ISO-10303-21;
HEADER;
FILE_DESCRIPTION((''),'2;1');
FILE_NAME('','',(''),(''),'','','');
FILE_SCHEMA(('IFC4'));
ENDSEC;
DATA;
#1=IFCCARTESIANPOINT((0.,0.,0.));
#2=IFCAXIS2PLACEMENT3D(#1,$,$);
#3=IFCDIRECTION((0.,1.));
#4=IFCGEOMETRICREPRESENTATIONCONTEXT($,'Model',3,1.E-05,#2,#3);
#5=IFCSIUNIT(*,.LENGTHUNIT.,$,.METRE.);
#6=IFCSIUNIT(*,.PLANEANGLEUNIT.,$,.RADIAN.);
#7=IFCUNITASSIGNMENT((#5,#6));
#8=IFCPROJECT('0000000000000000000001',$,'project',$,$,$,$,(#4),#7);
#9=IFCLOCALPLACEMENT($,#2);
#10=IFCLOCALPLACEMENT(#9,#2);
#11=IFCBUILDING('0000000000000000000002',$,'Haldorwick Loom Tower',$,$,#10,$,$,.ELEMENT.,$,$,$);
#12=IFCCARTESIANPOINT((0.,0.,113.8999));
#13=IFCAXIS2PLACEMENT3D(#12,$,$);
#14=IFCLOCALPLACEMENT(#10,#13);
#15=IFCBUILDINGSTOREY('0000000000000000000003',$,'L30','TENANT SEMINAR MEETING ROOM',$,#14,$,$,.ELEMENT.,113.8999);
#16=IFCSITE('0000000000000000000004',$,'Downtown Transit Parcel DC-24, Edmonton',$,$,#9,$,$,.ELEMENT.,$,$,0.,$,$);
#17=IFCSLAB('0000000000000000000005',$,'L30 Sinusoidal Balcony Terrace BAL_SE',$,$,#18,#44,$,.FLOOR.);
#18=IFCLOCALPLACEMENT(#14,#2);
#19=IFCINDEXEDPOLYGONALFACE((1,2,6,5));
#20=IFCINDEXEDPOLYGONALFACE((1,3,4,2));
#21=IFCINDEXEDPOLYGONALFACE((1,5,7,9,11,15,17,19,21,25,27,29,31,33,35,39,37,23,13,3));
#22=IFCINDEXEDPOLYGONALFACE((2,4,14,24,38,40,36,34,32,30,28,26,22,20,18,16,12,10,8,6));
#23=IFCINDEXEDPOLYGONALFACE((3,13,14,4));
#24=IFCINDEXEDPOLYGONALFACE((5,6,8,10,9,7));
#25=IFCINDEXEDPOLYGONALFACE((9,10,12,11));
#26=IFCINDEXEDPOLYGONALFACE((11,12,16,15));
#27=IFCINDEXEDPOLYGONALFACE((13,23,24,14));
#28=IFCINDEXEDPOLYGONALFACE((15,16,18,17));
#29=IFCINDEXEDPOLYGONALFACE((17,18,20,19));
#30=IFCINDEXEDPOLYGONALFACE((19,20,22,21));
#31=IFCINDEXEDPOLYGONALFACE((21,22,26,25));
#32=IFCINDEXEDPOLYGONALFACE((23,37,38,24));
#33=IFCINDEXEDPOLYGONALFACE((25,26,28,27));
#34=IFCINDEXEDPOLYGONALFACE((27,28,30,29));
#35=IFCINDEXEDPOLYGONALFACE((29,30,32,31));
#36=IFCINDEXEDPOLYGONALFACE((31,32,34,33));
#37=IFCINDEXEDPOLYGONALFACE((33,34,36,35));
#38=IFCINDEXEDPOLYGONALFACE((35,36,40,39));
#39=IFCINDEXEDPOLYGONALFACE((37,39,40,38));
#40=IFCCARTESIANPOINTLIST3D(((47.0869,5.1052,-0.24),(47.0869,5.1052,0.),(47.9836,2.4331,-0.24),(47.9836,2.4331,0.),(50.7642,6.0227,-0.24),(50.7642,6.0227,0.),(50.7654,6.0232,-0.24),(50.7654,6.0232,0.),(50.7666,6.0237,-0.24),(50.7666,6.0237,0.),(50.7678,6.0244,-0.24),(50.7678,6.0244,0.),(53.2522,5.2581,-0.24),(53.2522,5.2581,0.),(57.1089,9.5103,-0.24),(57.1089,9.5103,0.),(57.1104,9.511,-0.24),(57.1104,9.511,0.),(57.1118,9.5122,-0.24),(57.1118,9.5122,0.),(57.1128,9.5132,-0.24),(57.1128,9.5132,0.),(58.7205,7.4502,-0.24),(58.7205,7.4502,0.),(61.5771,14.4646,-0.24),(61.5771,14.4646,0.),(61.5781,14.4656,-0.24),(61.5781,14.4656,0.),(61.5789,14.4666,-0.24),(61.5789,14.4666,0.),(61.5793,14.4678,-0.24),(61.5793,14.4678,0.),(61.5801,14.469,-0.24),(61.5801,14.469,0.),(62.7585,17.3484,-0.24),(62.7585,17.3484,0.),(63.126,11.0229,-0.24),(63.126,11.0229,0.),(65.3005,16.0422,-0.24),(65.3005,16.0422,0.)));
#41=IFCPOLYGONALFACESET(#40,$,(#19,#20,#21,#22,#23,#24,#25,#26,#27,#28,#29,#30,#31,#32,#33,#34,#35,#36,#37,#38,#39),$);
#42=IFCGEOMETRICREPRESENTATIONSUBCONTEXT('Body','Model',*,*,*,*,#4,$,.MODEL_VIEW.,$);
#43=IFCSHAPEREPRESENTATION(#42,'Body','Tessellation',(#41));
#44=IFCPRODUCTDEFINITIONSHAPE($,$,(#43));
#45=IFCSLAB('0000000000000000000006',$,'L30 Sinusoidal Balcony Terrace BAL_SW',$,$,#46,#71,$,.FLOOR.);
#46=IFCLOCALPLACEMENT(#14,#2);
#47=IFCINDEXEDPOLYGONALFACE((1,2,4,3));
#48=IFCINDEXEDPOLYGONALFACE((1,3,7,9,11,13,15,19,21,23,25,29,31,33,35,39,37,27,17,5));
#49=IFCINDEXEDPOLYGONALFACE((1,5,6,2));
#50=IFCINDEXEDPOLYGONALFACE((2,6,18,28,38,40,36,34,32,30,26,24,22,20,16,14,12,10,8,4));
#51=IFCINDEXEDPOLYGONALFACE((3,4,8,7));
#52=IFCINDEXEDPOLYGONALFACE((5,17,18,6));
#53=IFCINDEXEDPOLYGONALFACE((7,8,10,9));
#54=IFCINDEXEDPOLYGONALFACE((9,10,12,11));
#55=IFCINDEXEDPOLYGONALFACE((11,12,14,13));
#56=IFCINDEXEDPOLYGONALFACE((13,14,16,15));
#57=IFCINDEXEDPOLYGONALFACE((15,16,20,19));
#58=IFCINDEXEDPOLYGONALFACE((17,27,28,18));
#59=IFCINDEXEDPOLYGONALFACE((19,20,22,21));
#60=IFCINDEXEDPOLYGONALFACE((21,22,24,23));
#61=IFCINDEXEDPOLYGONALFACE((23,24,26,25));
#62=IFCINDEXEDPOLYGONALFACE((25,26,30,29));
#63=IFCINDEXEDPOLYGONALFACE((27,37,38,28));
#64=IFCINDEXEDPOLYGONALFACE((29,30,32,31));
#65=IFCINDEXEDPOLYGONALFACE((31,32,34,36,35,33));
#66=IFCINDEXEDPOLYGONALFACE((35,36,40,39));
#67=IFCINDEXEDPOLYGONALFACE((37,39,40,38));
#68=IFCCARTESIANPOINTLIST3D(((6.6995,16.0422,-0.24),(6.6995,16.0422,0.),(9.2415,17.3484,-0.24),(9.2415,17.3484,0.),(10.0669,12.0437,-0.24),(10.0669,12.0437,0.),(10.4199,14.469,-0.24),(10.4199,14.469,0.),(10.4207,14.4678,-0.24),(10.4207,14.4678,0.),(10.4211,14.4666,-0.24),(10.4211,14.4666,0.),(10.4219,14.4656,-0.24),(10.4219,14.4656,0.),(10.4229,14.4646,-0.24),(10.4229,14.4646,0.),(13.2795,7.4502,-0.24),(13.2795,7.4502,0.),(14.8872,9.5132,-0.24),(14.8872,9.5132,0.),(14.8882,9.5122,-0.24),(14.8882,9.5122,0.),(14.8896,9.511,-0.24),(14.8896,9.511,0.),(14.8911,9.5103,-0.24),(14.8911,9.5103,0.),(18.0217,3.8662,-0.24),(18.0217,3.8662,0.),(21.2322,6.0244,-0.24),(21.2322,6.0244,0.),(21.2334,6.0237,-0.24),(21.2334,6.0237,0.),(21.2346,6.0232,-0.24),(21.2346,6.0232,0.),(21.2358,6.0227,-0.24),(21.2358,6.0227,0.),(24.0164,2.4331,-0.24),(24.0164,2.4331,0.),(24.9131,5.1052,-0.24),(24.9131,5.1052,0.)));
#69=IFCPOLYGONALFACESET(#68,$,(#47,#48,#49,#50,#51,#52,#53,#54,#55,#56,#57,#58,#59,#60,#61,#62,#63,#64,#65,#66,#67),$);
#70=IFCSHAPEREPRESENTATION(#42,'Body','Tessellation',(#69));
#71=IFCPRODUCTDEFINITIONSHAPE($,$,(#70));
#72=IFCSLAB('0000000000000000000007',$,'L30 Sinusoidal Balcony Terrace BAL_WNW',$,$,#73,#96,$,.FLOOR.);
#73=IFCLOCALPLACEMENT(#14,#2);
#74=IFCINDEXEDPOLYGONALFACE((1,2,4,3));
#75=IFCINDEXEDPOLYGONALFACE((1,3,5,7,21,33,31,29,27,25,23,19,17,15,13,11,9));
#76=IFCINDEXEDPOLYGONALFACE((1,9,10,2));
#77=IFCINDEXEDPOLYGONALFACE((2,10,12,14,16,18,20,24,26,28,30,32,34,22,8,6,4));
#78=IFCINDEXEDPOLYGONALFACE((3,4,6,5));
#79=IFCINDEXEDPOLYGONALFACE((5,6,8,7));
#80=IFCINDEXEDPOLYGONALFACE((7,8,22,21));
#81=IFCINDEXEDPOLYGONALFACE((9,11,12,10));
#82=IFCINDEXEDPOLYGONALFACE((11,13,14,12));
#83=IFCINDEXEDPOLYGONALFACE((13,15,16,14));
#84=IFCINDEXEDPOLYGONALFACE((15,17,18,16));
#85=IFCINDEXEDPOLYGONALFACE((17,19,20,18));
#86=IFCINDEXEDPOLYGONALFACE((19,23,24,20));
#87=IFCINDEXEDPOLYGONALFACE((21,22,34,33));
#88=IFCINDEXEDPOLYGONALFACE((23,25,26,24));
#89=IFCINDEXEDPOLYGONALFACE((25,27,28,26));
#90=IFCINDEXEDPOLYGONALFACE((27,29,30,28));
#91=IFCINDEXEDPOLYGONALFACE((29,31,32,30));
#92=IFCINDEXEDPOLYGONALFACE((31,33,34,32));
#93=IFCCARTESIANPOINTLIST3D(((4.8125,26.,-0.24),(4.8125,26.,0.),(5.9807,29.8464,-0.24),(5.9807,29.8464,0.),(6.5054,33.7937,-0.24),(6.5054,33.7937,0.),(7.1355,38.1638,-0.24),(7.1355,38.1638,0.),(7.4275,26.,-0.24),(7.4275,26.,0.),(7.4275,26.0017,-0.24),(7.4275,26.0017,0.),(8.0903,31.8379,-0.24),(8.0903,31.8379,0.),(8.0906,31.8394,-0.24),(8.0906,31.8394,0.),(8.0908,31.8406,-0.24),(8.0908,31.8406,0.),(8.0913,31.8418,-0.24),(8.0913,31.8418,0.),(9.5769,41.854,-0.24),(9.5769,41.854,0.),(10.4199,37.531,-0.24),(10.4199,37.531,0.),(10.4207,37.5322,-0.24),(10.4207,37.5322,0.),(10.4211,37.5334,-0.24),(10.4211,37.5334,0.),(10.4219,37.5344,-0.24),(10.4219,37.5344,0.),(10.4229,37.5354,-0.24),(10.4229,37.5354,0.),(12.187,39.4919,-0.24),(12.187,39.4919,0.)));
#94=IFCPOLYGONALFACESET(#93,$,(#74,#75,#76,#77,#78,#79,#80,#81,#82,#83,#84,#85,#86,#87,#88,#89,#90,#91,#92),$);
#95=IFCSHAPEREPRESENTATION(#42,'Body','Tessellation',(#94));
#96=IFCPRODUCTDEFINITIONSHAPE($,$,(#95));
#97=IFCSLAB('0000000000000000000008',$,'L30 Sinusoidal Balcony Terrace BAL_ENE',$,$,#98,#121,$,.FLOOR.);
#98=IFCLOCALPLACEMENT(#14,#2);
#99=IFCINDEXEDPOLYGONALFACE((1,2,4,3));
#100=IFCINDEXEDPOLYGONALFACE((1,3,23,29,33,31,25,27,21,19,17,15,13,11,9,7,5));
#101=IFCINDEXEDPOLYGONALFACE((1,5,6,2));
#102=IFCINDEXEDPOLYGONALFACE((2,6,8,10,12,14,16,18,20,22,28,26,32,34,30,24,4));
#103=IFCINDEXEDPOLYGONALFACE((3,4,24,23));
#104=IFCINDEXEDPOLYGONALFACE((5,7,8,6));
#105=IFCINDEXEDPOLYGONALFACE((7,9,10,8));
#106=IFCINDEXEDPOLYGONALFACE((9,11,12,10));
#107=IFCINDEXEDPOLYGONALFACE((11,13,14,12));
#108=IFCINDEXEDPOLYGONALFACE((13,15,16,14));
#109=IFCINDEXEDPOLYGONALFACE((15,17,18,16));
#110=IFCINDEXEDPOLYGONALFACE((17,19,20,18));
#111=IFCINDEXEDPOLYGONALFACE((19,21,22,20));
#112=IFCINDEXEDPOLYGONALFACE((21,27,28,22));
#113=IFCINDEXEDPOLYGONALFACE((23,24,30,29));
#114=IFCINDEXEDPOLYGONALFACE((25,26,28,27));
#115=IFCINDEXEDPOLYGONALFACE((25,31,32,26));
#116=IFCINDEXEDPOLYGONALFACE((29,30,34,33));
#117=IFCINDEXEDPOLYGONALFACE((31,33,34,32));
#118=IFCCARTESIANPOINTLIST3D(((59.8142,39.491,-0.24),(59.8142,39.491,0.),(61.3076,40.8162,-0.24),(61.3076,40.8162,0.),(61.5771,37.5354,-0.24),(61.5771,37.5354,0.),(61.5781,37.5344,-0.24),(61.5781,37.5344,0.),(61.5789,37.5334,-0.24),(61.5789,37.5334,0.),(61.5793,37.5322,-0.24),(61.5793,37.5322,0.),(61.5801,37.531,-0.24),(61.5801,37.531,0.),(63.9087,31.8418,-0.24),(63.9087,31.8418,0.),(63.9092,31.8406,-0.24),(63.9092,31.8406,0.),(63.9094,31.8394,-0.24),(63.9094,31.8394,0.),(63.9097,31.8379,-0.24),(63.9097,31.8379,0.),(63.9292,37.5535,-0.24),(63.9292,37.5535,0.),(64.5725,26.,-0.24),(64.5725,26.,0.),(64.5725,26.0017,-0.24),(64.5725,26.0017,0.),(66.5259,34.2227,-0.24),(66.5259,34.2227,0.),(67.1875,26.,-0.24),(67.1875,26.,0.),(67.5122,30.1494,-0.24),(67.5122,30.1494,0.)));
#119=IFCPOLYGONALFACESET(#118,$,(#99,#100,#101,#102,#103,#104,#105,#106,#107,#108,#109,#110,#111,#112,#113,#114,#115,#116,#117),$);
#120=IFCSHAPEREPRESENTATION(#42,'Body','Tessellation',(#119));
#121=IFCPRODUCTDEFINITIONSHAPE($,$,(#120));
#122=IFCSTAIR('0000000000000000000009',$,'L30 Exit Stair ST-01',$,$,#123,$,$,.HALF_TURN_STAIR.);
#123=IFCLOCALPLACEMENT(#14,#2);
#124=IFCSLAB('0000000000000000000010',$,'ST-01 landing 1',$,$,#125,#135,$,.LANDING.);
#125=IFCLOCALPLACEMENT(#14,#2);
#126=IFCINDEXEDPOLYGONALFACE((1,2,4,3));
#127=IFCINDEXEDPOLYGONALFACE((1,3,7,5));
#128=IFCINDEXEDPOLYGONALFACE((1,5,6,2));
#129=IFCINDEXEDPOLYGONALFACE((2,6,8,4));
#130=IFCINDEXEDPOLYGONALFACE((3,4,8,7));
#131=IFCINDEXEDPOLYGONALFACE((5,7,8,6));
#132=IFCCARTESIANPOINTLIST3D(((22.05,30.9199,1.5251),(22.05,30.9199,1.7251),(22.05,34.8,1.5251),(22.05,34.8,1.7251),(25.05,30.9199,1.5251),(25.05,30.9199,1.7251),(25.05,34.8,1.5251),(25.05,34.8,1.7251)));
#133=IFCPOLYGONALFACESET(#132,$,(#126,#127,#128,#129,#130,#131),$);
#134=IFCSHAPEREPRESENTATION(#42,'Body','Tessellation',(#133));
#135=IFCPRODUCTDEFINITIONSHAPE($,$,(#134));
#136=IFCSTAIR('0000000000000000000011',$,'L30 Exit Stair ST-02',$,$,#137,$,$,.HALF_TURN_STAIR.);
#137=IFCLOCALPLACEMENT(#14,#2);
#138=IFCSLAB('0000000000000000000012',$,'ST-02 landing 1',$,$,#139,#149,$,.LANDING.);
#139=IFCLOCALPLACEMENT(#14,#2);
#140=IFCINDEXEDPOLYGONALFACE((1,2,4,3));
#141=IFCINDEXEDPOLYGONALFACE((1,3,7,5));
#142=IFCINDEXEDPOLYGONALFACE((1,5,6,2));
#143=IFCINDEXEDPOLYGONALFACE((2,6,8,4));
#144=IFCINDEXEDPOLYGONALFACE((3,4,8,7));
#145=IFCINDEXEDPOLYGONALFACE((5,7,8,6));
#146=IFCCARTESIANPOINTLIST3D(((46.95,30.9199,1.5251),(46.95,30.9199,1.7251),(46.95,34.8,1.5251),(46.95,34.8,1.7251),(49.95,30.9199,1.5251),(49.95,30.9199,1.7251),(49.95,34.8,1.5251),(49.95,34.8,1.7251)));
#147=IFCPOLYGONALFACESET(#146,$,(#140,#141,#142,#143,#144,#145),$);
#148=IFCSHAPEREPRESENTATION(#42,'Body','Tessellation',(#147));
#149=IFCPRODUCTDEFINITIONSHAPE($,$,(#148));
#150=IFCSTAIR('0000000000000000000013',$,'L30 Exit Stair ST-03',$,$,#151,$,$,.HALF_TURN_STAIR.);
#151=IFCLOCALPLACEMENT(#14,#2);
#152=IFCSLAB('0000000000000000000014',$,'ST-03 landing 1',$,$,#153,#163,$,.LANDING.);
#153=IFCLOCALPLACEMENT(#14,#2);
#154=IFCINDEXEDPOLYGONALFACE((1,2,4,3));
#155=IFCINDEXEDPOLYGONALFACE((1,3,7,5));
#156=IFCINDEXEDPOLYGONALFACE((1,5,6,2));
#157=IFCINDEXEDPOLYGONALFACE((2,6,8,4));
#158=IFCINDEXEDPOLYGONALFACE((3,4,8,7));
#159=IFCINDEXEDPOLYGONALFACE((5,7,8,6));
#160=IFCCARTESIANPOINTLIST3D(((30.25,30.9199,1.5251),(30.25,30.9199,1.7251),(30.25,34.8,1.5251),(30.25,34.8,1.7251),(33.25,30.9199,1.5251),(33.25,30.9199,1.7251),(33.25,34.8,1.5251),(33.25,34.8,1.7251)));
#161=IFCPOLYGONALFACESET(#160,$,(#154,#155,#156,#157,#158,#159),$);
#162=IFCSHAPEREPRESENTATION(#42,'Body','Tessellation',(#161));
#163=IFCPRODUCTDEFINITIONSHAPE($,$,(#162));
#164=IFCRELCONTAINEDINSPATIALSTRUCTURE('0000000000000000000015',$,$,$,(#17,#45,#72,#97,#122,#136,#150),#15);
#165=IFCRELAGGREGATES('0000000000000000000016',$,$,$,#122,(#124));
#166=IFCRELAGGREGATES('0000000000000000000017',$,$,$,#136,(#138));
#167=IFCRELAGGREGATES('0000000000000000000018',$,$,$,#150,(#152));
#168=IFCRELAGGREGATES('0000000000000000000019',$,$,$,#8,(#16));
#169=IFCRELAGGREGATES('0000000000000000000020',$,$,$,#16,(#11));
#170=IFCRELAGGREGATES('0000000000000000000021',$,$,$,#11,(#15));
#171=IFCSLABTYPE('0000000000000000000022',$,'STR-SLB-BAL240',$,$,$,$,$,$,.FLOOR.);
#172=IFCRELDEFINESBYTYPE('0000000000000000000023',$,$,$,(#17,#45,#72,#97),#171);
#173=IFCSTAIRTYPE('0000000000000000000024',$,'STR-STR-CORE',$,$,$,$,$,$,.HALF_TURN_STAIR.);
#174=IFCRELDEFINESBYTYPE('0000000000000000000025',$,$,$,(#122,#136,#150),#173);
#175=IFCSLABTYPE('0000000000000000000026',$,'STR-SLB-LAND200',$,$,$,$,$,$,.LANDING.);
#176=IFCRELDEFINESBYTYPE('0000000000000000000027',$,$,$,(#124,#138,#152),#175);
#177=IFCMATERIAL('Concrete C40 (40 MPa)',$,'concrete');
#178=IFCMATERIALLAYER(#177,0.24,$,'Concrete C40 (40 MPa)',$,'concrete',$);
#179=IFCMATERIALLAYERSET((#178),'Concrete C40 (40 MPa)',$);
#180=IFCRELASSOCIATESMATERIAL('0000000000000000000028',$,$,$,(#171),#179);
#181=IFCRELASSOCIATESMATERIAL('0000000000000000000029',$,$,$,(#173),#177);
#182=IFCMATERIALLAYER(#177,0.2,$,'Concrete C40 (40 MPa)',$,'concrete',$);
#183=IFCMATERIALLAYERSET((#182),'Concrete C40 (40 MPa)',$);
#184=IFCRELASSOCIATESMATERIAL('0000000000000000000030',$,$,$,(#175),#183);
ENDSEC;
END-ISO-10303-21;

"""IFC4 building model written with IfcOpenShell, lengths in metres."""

from ifc_helpers import new_model, si_unit, direction, frame, origin, place, context, subcontext, project, spatial, polyline, outline, extrude, material, layer, layer_set, type_object, element, aggregate, save


model = new_model("IFC4")

# Units and contexts
model_context = context("Model", 3, precision=1e-05, world=origin(), true_north=direction((0.0, 1.0)))
body_context = subcontext(model_context, "Body", "Model", "MODEL_VIEW")
ifc_project = project(units=[si_unit("LENGTHUNIT", "METRE"), si_unit("PLANEANGLEUNIT", "RADIAN")], contexts=[model_context])

# Site, building, storey
site_placement = place(None, origin())
site = spatial("IfcSite", under=ifc_project, at=site_placement, Name="Downtown Transit Parcel DC-24, Edmonton", CompositionType="ELEMENT", RefElevation=0.0)
building_placement = place(site_placement, origin())
building = spatial("IfcBuilding", under=site, at=building_placement, Name="Haldorwick Loom Tower", CompositionType="ELEMENT")
storey_placement = place(building_placement, frame((0.0, 0.0, 113.8999)))
storey = spatial("IfcBuildingStorey", under=building, at=storey_placement, Name="L30", Description="TENANT SEMINAR MEETING ROOM", CompositionType="ELEMENT", Elevation=113.8999)

# Slabs
ifc_material_1 = material(Name="Concrete C40 (40 MPa)", Category="concrete")
ifc_layer_1 = layer(ifc_material_1, 0.24, Name="Concrete C40 (40 MPa)", Category="concrete")
ifc_layer_set_1 = layer_set([ifc_layer_1], Name="Concrete C40 (40 MPa)")
slab_type_1 = type_object("IfcSlabType", Name="STR-SLB-BAL240", PredefinedType="FLOOR", material=ifc_layer_set_1)
slab_1_placement = place(storey_placement, frame((0.0, 0.0, -0.24)))
element("IfcSlab", 1, at=slab_1_placement, inside=storey, type_object=slab_type_1, Name="L30 Sinusoidal Balcony Terrace BAL_SE", PredefinedType="FLOOR", context=body_context, shape_type="SweptSolid", body=[
    extrude(outline(polyline([(62.7585, 17.3484), (61.5801, 14.469), (61.5793, 14.4678), (61.5789, 14.4666), (61.5781, 14.4656), (61.5771, 14.4646), (57.1128, 9.5132), (57.1118, 9.5122), (57.1104, 9.511), (57.1089, 9.5103), (50.7678, 6.0244), (50.7666, 6.0237), (50.7654, 6.0232), (50.7642, 6.0227), (47.0869, 5.1052), (47.9836, 2.4331), (53.2522, 5.2581), (58.7205, 7.4502), (63.126, 11.0229), (65.3005, 16.0422), (62.7585, 17.3484)])), origin(), (0.0, 0.0, 1.0), 0.24),
])
slab_2_placement = place(storey_placement, frame((0.0, 0.0, -0.24)))
element("IfcSlab", 2, at=slab_2_placement, inside=storey, type_object=slab_type_1, Name="L30 Sinusoidal Balcony Terrace BAL_SW", PredefinedType="FLOOR", context=body_context, shape_type="SweptSolid", body=[
    extrude(outline(polyline([(24.9131, 5.1052), (21.2358, 6.0227), (21.2346, 6.0232), (21.2334, 6.0237), (21.2322, 6.0244), (14.8911, 9.5103), (14.8896, 9.511), (14.8882, 9.5122), (14.8872, 9.5132), (10.4229, 14.4646), (10.4219, 14.4656), (10.4211, 14.4666), (10.4207, 14.4678), (10.4199, 14.469), (9.2415, 17.3484), (6.6995, 16.0422), (10.0669, 12.0437), (13.2795, 7.4502), (18.0217, 3.8662), (24.0164, 2.4331), (24.9131, 5.1052)])), origin(), (0.0, 0.0, 1.0), 0.24),
])
slab_3_placement = place(storey_placement, frame((0.0, 0.0, -0.24)))
element("IfcSlab", 3, at=slab_3_placement, inside=storey, type_object=slab_type_1, Name="L30 Sinusoidal Balcony Terrace BAL_WNW", PredefinedType="FLOOR", context=body_context, shape_type="SweptSolid", body=[
    extrude(outline(polyline([(7.4275, 26.0), (7.4275, 26.0017), (8.0903, 31.8379), (8.0906, 31.8394), (8.0908, 31.8406), (8.0913, 31.8418), (10.4199, 37.531), (10.4207, 37.5322), (10.4211, 37.5334), (10.4219, 37.5344), (10.4229, 37.5354), (12.187, 39.4919), (9.5769, 41.854), (7.1355, 38.1638), (6.5054, 33.7937), (5.9807, 29.8464), (4.8125, 26.0), (7.4275, 26.0)])), origin(), (0.0, 0.0, 1.0), 0.24),
])
slab_4_placement = place(storey_placement, frame((0.0, 0.0, -0.24)))
element("IfcSlab", 4, at=slab_4_placement, inside=storey, type_object=slab_type_1, Name="L30 Sinusoidal Balcony Terrace BAL_ENE", PredefinedType="FLOOR", context=body_context, shape_type="SweptSolid", body=[
    extrude(outline(polyline([(59.8142, 39.491), (61.5771, 37.5354), (61.5781, 37.5344), (61.5789, 37.5334), (61.5793, 37.5322), (61.5801, 37.531), (63.9087, 31.8418), (63.9092, 31.8406), (63.9094, 31.8394), (63.9097, 31.8379), (64.5725, 26.0017), (64.5725, 26.0), (67.1875, 26.0), (67.5122, 30.1494), (66.5259, 34.2227), (63.9292, 37.5535), (61.3076, 40.8162), (59.8142, 39.491)])), origin(), (0.0, 0.0, 1.0), 0.24),
])

# Stairs, slabs
stair_type = type_object("IfcStairType", Name="STR-STR-CORE", PredefinedType="HALF_TURN_STAIR", material=ifc_material_1)
stair_1_placement = place(storey_placement, origin())
stair_1 = element("IfcStair", 5, at=stair_1_placement, inside=storey, type_object=stair_type, Name="L30 Exit Stair ST-01", PredefinedType="HALF_TURN_STAIR")
ifc_layer_2 = layer(ifc_material_1, 0.2, Name="Concrete C40 (40 MPa)", Category="concrete")
ifc_layer_set_2 = layer_set([ifc_layer_2], Name="Concrete C40 (40 MPa)")
slab_type_2 = type_object("IfcSlabType", Name="STR-SLB-LAND200", PredefinedType="LANDING", material=ifc_layer_set_2)
slab_5_placement = place(storey_placement, frame((0.0, 0.0, 1.5251)))
slab_5 = element("IfcSlab", 6, at=slab_5_placement, type_object=slab_type_2, Name="ST-01 landing 1", PredefinedType="LANDING", context=body_context, shape_type="SweptSolid", body=[
    extrude(outline(polyline([(25.05, 30.9199), (25.05, 34.8), (22.05, 34.8), (22.05, 30.9199), (25.05, 30.9199)])), origin(), (0.0, 0.0, 1.0), 0.2),
])
aggregate(stair_1, [slab_5])
stair_2_placement = place(storey_placement, origin())
stair_2 = element("IfcStair", 7, at=stair_2_placement, inside=storey, type_object=stair_type, Name="L30 Exit Stair ST-02", PredefinedType="HALF_TURN_STAIR")
slab_6_placement = place(storey_placement, frame((0.0, 0.0, 1.5251)))
slab_6 = element("IfcSlab", 8, at=slab_6_placement, type_object=slab_type_2, Name="ST-02 landing 1", PredefinedType="LANDING", context=body_context, shape_type="SweptSolid", body=[
    extrude(outline(polyline([(49.95, 30.9199), (49.95, 34.8), (46.95, 34.8), (46.95, 30.9199), (49.95, 30.9199)])), origin(), (0.0, 0.0, 1.0), 0.2),
])
aggregate(stair_2, [slab_6])
stair_3_placement = place(storey_placement, origin())
stair_3 = element("IfcStair", 9, at=stair_3_placement, inside=storey, type_object=stair_type, Name="L30 Exit Stair ST-03", PredefinedType="HALF_TURN_STAIR")
slab_7_placement = place(storey_placement, frame((0.0, 0.0, 1.5251)))
slab_7 = element("IfcSlab", 10, at=slab_7_placement, type_object=slab_type_2, Name="ST-03 landing 1", PredefinedType="LANDING", context=body_context, shape_type="SweptSolid", body=[
    extrude(outline(polyline([(33.25, 30.9199), (33.25, 34.8), (30.25, 34.8), (30.25, 30.9199), (33.25, 30.9199)])), origin(), (0.0, 0.0, 1.0), 0.2),
])
aggregate(stair_3, [slab_7])

save(model, "model.ifc")
